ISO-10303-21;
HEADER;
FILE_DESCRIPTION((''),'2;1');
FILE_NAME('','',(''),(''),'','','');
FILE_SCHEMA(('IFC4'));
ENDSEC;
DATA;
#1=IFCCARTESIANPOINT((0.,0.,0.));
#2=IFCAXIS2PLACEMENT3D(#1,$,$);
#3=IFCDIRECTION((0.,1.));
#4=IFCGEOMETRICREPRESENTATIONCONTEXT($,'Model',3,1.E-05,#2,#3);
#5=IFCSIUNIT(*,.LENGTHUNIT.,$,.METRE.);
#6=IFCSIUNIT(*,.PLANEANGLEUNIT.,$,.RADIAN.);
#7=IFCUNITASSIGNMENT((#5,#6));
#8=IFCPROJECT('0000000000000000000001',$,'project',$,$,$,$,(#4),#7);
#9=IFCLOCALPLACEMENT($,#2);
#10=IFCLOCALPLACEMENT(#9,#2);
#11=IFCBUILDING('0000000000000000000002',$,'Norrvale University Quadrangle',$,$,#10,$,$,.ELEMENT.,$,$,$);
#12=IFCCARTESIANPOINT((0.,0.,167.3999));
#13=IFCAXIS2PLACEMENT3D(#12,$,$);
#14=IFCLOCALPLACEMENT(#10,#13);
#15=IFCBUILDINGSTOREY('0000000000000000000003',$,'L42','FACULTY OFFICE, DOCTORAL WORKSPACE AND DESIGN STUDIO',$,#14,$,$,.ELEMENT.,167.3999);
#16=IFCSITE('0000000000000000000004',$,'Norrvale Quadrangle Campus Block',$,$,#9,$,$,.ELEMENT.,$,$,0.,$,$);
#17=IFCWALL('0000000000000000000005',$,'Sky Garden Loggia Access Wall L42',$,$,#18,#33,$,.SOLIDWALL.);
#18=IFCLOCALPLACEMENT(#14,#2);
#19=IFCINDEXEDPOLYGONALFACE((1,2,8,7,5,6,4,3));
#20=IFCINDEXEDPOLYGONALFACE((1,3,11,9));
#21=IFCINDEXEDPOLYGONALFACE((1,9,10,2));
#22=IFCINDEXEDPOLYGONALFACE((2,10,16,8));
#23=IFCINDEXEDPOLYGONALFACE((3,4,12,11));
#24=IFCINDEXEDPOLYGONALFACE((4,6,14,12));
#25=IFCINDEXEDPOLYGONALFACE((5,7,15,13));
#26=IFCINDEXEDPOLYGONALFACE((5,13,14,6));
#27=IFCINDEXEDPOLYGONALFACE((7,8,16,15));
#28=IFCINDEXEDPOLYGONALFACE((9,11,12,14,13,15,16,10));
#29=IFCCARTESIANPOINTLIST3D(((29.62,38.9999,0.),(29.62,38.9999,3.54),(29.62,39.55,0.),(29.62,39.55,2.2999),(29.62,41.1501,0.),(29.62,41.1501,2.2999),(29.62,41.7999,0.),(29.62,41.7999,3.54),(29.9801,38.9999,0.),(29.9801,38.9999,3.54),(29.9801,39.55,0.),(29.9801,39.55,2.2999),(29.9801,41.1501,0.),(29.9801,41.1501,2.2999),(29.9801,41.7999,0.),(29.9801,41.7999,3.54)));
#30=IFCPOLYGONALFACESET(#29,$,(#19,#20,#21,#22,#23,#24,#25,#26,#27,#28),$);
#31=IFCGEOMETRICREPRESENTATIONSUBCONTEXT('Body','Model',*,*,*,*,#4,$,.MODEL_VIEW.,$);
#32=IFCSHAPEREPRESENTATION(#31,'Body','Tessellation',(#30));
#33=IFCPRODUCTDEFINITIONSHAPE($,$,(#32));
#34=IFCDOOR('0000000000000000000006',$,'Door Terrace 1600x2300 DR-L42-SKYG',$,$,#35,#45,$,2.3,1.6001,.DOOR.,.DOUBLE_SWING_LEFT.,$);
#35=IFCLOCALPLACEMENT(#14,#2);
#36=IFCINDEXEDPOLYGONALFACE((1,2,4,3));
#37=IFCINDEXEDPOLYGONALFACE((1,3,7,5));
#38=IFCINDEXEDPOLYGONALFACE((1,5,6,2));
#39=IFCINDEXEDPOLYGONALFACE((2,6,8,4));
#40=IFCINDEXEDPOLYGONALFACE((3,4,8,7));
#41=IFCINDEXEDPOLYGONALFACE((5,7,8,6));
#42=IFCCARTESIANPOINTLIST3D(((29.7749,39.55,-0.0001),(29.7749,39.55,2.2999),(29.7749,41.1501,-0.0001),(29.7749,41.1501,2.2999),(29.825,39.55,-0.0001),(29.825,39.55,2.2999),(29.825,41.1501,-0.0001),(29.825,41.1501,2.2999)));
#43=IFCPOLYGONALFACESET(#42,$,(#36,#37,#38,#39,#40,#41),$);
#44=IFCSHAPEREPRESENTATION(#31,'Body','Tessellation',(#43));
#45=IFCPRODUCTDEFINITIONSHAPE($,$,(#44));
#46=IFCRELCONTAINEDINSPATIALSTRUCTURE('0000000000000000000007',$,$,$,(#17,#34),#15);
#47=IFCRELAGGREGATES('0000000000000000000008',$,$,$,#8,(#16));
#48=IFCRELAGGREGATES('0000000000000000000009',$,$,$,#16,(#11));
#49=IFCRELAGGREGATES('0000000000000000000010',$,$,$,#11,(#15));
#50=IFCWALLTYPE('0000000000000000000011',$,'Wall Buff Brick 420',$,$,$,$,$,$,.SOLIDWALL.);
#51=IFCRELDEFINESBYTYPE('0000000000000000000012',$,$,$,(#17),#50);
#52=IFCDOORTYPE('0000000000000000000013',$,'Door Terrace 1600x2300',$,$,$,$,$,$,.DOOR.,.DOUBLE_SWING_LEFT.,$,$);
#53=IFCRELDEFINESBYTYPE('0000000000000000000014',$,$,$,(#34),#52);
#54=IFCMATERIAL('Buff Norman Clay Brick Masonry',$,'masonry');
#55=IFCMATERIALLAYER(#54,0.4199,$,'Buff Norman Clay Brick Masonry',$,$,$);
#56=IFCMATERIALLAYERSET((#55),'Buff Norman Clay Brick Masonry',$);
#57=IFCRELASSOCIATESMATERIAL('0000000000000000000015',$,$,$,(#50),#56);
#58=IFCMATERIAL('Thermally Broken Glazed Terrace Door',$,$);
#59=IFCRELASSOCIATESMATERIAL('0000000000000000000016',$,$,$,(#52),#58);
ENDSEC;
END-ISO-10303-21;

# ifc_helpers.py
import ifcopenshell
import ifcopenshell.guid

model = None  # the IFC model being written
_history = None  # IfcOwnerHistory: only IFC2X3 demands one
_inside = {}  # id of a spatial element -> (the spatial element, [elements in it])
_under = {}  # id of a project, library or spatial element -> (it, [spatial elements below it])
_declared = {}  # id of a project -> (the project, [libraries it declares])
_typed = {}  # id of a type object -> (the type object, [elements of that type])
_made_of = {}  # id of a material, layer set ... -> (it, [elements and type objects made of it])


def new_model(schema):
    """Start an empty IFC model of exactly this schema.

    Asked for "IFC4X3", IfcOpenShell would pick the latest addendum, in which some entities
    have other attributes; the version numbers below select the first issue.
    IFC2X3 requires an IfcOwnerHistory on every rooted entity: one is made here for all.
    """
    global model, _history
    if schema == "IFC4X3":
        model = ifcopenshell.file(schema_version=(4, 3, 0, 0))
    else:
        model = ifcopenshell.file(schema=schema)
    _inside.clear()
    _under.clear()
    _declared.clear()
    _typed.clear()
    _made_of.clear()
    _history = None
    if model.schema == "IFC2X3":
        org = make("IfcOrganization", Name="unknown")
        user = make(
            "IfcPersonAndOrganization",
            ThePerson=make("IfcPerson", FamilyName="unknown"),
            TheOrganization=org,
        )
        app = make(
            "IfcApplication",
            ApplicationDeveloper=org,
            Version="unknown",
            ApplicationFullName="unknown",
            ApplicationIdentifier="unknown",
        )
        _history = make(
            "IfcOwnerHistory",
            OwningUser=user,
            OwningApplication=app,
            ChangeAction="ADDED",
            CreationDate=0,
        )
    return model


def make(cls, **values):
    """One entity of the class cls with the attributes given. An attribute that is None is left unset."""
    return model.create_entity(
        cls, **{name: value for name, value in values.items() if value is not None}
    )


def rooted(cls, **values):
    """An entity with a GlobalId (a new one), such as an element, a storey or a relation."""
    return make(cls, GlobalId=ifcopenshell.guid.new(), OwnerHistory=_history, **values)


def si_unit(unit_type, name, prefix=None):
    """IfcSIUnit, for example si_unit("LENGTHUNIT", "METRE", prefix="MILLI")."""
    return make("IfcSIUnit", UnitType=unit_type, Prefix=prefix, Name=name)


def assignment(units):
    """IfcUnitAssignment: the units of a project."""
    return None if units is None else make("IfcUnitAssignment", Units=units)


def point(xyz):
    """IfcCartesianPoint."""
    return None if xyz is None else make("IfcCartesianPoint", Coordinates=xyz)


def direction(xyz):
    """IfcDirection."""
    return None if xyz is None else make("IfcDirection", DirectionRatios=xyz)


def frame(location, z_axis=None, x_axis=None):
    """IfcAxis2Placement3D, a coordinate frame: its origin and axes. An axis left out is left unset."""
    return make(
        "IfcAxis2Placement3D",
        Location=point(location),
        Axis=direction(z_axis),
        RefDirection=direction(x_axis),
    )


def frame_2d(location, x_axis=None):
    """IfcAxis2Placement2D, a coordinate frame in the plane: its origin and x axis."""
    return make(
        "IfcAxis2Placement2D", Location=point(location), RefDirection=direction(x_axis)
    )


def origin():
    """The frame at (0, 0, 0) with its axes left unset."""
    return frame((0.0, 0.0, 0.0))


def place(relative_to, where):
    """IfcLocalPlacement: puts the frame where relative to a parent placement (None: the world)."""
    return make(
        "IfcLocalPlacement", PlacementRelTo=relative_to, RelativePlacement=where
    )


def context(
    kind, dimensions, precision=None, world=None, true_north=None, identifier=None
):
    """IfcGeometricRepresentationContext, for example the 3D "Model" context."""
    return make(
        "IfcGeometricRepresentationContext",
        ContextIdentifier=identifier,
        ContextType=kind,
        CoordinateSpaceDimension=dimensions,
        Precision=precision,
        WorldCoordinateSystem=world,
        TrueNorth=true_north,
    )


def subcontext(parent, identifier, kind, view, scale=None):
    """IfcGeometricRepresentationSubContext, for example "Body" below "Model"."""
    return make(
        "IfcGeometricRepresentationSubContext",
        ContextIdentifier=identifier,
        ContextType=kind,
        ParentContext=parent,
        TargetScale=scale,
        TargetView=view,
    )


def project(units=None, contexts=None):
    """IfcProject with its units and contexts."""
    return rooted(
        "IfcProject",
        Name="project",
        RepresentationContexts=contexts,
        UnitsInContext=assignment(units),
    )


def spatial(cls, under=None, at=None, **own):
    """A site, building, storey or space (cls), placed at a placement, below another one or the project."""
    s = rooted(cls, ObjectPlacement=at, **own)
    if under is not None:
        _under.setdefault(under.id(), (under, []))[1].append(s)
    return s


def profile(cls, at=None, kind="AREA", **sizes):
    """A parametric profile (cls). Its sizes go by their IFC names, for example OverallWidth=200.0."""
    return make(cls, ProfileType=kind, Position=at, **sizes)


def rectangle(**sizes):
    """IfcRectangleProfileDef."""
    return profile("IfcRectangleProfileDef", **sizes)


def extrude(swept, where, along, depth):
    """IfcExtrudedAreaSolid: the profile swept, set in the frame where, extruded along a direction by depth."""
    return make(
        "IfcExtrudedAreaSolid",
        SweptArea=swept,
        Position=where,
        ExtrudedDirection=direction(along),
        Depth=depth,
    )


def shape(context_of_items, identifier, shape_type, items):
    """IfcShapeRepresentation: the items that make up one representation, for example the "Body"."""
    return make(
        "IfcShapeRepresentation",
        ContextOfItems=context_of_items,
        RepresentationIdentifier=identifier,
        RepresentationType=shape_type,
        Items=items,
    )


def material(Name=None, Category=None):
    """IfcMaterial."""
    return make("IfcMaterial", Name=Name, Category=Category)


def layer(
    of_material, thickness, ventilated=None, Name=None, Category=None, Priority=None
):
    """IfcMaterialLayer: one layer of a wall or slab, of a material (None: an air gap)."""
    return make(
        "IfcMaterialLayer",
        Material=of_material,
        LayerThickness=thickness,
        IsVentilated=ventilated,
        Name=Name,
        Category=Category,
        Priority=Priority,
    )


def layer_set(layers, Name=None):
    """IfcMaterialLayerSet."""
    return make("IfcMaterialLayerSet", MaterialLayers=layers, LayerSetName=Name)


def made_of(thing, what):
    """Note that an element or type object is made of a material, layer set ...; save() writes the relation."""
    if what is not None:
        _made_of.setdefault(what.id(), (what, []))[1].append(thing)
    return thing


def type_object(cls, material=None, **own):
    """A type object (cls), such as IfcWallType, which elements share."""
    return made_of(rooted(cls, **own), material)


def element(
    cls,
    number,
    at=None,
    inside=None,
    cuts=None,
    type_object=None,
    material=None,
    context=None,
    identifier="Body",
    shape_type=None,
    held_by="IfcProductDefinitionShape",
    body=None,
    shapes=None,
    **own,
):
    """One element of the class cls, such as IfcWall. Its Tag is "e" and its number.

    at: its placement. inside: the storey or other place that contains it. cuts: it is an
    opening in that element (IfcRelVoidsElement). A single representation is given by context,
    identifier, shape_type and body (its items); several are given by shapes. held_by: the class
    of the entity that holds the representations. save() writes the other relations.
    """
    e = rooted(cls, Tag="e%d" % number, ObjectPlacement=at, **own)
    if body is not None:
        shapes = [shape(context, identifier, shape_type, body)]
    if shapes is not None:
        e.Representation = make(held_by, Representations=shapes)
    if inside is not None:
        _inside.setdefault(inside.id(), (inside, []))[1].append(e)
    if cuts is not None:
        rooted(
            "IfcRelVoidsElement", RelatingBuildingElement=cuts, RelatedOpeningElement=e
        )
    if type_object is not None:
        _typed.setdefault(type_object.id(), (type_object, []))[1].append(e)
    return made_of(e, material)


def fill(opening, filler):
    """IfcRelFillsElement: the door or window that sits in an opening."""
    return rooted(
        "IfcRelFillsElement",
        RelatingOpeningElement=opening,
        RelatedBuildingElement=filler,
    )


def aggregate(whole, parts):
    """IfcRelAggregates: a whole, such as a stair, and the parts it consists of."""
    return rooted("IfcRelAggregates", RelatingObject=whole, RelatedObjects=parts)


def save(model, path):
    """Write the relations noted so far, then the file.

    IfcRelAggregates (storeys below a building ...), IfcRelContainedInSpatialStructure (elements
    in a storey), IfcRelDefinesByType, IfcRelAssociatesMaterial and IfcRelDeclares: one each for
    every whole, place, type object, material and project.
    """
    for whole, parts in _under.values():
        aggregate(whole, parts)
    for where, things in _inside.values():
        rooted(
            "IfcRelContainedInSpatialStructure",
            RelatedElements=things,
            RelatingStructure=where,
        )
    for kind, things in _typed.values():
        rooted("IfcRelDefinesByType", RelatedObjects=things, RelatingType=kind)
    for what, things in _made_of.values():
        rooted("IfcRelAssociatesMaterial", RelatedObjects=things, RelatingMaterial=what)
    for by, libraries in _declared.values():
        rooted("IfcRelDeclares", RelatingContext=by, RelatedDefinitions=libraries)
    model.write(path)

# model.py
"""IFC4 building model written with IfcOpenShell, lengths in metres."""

from ifc_helpers import new_model, si_unit, direction, frame, frame_2d, origin, place, context, subcontext, project, spatial, rectangle, extrude, material, layer, layer_set, type_object, element, fill, save


model = new_model("IFC4")

# Units and contexts
model_context = context("Model", 3, precision=1e-05, world=origin(), true_north=direction((0.0, 1.0)))
body_context = subcontext(model_context, "Body", "Model", "MODEL_VIEW")
ifc_project = project(units=[si_unit("LENGTHUNIT", "METRE"), si_unit("PLANEANGLEUNIT", "RADIAN")], contexts=[model_context])

# Site, building, storey
site_placement = place(None, origin())
building_placement = place(site_placement, origin())
storey_placement = place(building_placement, frame((0.0, 0.0, 167.3999)))
site = spatial("IfcSite", under=ifc_project, at=site_placement, Name="Norrvale Quadrangle Campus Block", CompositionType="ELEMENT", RefElevation=0.0)
building = spatial("IfcBuilding", under=site, at=building_placement, Name="Norrvale University Quadrangle", CompositionType="ELEMENT")
storey = spatial("IfcBuildingStorey", under=building, at=storey_placement, Name="L42", Description="FACULTY OFFICE, DOCTORAL WORKSPACE AND DESIGN STUDIO", CompositionType="ELEMENT", Elevation=167.3999)

# Wall, opening, door
ifc_material_1 = material(Name="Buff Norman Clay Brick Masonry", Category="masonry")
ifc_layer_1 = layer(ifc_material_1, 0.4199, Name="Buff Norman Clay Brick Masonry")
ifc_layer_set_1 = layer_set([ifc_layer_1], Name="Buff Norman Clay Brick Masonry")
wall_type = type_object("IfcWallType", Name="Wall Buff Brick 420", PredefinedType="SOLIDWALL", material=ifc_layer_set_1)
wall_placement = place(storey_placement, frame((29.8, 39.0, 0.0), z_axis=(0.0, 0.0, 1.0), x_axis=(0.0, 1.0, 0.0)))
wall = element("IfcWall", 1, at=wall_placement, inside=storey, type_object=wall_type, Name="Sky Garden Loggia Access Wall L42", PredefinedType="SOLIDWALL", context=body_context, shape_type="SweptSolid", body=[
    extrude(rectangle(XDim=2.8, YDim=0.3601, at=frame_2d((1.3999, 0.0))), origin(), (0.0, 0.0, 1.0), 3.54),
])
opening_placement = place(wall_placement, frame((0.55, 0.0, 0.0)))
opening = element("IfcOpeningElement", 2, at=opening_placement, cuts=wall, PredefinedType="OPENING", context=body_context, shape_type="SweptSolid", body=[
    extrude(rectangle(XDim=1.6001, YDim=2.3, at=frame_2d((0.8, 1.1499))), frame((0.0, 0.1921, 0.0), z_axis=(0.0, -1.0, 0.0), x_axis=(1.0, 0.0, 0.0)), (0.0, 0.0, 1.0), 0.384),
])
ifc_material_2 = material(Name="Thermally Broken Glazed Terrace Door")
door_type = type_object("IfcDoorType", Name="Door Terrace 1600x2300", OperationType="DOUBLE_SWING_LEFT", PredefinedType="DOOR", material=ifc_material_2)
door_placement = place(opening_placement, frame((1.6001, 0.0, 0.0), z_axis=(0.0, 0.0, 1.0), x_axis=(-1.0, 0.0, 0.0)))
door = element("IfcDoor", 3, at=door_placement, inside=storey, type_object=door_type, Name="Door Terrace 1600x2300 DR-L42-SKYG", OperationType="DOUBLE_SWING_LEFT", OverallHeight=2.3, OverallWidth=1.6001, PredefinedType="DOOR", context=body_context, shape_type="SweptSolid", body=[
    extrude(rectangle(XDim=1.6001, YDim=2.3, at=frame_2d((0.8, 1.1499))), frame((0.0, 0.0249, 0.0), z_axis=(0.0, -1.0, 0.0), x_axis=(1.0, 0.0, 0.0)), (0.0, 0.0, 1.0), 0.05),
])
fill(opening, door)

save(model, "model.ifc")
